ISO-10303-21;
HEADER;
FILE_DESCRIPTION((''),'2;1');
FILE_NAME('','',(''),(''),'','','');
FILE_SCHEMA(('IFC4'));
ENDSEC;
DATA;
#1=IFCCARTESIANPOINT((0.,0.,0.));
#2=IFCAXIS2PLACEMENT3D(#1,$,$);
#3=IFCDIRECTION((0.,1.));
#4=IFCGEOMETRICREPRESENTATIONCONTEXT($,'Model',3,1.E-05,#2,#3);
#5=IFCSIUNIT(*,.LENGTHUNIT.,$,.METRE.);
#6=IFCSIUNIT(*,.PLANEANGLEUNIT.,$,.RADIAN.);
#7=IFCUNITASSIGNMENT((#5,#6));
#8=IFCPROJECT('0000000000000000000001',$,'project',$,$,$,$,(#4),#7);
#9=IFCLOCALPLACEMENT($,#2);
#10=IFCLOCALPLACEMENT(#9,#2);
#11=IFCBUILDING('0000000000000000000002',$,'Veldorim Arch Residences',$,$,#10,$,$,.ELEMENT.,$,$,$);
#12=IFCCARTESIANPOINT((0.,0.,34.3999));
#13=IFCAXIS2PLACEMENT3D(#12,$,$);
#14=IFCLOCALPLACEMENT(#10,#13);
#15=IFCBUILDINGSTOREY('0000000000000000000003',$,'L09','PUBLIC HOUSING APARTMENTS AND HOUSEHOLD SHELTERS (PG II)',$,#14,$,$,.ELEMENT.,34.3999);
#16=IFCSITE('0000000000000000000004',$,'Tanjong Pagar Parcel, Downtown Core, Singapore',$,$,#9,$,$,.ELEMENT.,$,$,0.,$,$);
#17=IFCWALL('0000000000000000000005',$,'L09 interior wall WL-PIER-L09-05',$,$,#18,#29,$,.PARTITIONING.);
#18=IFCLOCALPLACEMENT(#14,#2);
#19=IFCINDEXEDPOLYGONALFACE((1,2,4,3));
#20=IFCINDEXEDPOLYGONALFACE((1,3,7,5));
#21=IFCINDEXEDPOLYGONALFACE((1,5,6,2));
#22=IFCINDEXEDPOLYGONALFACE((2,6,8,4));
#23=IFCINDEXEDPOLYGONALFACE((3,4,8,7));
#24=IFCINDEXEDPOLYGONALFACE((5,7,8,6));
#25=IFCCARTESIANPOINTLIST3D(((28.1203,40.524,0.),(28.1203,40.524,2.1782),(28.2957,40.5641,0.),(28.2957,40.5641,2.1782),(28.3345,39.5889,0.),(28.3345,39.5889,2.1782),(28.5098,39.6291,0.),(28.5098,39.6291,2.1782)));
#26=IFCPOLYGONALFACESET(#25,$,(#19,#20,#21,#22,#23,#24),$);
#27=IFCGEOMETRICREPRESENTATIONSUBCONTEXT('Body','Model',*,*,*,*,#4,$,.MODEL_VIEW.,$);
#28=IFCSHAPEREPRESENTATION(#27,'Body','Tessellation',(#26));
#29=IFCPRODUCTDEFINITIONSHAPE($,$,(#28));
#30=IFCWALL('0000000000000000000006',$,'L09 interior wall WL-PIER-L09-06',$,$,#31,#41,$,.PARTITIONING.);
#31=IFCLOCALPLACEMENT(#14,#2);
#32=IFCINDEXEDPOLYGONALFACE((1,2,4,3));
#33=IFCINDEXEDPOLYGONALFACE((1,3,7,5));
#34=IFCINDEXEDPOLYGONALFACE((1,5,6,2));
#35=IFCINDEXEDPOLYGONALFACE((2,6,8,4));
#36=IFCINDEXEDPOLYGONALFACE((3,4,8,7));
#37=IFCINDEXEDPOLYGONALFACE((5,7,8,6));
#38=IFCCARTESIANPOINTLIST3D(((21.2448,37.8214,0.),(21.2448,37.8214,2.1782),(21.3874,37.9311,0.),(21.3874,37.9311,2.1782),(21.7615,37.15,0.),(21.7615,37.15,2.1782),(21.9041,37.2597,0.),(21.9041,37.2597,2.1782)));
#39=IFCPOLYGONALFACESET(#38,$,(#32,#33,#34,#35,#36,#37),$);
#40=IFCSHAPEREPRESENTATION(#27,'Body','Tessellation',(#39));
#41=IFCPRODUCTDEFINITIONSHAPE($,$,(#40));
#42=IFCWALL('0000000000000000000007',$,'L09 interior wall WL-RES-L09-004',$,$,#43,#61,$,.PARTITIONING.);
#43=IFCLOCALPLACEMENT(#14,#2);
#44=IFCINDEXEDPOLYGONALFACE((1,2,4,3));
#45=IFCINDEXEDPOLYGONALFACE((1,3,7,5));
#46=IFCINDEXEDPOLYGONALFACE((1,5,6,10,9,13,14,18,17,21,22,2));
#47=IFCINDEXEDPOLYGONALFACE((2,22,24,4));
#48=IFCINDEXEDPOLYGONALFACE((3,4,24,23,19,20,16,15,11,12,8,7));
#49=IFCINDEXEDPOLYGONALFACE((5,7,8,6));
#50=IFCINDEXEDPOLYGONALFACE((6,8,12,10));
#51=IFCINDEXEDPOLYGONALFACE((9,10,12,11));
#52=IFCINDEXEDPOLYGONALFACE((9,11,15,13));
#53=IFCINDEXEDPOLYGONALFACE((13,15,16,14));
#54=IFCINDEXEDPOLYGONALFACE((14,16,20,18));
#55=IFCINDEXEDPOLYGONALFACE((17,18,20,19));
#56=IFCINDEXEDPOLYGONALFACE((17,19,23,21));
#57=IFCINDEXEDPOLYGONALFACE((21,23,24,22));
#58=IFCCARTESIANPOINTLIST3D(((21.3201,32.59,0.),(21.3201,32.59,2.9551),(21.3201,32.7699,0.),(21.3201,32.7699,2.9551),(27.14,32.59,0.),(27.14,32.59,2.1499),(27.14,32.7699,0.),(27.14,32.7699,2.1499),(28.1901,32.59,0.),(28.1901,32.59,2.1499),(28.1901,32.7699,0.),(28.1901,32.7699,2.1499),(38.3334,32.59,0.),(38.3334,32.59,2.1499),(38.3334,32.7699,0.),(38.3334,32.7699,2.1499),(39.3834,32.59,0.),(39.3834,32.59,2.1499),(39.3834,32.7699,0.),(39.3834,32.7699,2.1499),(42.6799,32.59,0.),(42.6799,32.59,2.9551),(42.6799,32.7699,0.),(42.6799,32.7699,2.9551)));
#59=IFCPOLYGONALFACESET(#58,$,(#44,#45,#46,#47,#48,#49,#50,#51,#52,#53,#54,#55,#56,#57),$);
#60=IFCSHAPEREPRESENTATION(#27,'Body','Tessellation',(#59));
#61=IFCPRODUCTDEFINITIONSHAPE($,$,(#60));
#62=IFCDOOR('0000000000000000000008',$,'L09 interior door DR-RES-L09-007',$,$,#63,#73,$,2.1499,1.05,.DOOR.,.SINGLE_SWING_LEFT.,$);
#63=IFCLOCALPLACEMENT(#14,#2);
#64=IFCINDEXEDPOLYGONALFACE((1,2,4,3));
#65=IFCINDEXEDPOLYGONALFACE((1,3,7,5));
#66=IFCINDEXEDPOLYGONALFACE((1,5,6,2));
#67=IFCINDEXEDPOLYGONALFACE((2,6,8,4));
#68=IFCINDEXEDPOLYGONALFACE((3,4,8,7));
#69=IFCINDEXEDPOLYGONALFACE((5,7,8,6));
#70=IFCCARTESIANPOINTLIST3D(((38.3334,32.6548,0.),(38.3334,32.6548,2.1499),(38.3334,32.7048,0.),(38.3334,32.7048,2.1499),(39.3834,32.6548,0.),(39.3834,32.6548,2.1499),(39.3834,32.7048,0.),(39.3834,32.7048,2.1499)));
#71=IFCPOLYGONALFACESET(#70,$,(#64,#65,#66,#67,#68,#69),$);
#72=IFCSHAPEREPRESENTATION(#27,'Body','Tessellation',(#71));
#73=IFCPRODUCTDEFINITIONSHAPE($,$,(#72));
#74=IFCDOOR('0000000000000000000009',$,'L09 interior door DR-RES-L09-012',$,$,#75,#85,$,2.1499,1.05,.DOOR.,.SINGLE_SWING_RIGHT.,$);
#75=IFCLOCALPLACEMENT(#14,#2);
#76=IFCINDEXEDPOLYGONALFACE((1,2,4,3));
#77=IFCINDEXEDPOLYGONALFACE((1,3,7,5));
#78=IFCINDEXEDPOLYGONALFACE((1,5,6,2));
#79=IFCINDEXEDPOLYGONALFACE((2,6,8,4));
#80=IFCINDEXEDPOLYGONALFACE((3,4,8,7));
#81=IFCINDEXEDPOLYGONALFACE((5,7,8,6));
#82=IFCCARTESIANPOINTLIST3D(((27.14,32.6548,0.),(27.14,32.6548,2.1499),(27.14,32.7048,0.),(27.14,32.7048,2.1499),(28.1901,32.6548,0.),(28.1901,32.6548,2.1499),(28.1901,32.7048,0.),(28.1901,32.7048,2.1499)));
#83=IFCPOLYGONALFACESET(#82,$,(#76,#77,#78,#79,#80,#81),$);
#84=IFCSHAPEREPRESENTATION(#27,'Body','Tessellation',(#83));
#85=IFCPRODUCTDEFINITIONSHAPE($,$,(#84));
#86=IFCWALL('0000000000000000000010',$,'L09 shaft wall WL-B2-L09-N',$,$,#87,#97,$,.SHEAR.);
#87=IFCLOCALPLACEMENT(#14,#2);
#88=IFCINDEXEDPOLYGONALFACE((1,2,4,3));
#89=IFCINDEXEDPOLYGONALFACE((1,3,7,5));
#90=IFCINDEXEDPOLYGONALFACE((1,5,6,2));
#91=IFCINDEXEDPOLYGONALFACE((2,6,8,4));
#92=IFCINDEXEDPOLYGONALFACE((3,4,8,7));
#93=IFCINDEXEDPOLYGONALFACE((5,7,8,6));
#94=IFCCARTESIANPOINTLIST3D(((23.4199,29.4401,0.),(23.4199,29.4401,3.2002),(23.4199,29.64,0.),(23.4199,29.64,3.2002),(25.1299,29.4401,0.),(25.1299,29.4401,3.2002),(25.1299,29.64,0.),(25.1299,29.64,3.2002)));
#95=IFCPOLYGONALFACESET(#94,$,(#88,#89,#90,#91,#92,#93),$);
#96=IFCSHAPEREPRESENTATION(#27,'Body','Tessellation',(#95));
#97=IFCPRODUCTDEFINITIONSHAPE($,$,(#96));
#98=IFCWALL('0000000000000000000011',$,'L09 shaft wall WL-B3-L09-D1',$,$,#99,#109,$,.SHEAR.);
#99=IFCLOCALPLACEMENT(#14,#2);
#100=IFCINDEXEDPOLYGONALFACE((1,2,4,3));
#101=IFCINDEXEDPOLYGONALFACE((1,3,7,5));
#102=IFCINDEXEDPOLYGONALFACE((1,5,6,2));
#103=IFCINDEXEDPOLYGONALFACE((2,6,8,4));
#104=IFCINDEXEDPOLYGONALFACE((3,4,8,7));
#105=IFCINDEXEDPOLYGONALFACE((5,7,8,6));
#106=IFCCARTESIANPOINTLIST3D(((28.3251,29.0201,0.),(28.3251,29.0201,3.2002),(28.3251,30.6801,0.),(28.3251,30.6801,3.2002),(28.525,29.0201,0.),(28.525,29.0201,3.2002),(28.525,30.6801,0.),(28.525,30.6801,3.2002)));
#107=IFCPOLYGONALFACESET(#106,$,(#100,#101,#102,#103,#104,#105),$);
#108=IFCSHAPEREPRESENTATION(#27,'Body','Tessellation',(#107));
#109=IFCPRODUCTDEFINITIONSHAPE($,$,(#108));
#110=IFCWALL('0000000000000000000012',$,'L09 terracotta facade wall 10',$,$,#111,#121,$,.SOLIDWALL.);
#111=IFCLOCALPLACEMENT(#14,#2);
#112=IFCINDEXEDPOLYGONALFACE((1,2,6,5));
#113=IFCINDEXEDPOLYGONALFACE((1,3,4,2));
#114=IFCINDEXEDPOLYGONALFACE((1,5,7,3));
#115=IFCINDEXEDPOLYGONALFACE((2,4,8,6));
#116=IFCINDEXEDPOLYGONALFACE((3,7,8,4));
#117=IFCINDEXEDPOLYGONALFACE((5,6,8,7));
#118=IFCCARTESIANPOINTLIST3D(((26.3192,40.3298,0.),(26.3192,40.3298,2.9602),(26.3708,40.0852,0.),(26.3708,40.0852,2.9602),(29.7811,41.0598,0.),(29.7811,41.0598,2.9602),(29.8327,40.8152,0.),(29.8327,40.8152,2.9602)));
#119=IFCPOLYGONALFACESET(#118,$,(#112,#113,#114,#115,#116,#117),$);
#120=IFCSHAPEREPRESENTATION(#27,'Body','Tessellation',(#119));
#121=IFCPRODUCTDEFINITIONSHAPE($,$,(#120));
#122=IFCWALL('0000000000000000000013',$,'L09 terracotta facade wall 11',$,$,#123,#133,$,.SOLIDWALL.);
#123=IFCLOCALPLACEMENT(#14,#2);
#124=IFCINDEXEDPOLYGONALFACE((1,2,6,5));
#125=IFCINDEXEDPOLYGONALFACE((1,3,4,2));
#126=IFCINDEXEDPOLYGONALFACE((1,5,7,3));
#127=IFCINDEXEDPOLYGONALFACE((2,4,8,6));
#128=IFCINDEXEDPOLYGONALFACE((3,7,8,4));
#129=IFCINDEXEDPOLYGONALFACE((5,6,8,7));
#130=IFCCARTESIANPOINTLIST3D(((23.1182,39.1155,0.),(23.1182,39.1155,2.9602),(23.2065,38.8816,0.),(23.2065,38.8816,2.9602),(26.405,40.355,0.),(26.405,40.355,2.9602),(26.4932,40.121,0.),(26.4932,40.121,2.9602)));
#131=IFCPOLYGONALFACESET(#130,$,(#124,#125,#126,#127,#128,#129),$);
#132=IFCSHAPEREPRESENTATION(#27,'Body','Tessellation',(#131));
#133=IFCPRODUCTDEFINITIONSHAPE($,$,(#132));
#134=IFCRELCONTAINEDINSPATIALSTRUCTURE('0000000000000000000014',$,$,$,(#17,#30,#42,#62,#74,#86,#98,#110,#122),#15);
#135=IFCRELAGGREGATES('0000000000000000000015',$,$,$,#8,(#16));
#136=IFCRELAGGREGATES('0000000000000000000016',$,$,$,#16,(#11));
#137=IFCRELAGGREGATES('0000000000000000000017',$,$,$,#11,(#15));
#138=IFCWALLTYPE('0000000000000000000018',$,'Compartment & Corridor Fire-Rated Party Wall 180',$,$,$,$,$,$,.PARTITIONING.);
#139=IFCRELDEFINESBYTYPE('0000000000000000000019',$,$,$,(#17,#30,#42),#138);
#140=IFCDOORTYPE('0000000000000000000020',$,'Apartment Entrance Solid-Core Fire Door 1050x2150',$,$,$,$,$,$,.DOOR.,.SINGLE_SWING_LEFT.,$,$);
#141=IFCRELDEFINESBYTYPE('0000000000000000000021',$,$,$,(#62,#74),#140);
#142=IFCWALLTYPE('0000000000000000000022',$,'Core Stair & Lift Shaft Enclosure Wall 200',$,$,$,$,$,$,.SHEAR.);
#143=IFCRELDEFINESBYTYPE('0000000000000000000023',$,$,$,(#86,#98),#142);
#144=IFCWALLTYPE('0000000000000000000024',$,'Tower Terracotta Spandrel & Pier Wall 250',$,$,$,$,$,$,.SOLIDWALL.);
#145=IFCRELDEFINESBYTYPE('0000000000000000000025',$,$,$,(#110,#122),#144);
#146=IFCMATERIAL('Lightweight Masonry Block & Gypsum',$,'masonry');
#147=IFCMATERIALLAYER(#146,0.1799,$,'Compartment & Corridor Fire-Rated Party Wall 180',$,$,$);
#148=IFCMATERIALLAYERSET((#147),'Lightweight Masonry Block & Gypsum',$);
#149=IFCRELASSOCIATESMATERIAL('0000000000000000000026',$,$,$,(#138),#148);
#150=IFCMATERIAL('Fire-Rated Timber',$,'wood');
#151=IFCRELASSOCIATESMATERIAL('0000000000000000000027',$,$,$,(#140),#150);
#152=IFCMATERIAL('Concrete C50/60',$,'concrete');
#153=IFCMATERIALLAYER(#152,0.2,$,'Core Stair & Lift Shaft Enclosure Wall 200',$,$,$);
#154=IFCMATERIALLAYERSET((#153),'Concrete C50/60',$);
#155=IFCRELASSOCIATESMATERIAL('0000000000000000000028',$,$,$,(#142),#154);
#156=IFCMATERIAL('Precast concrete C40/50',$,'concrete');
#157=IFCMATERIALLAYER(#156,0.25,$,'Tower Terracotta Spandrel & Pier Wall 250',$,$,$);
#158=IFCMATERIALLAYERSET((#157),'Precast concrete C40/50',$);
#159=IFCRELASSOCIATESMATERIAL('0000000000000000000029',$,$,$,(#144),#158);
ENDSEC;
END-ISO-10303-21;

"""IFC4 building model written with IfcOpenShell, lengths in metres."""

from ifc_helpers import new_model, si_unit, direction, frame, frame_2d, origin, place, context, subcontext, project, spatial, rectangle, extrude, material, layer, layer_set, type_object, element, fill, save


model = new_model("IFC4")

# Units and contexts
model_context = context("Model", 3, precision=1e-05, world=origin(), true_north=direction((0.0, 1.0)))
body_context = subcontext(model_context, "Body", "Model", "MODEL_VIEW")
ifc_project = project(units=[si_unit("LENGTHUNIT", "METRE"), si_unit("PLANEANGLEUNIT", "RADIAN")], contexts=[model_context])

# Site, building, storey
site_placement = place(None, origin())
site = spatial("IfcSite", under=ifc_project, at=site_placement, Name="Tanjong Pagar Parcel, Downtown Core, Singapore", CompositionType="ELEMENT", RefElevation=0.0)
building_placement = place(site_placement, origin())
building = spatial("IfcBuilding", under=site, at=building_placement, Name="Veldorim Arch Residences", CompositionType="ELEMENT")
storey_placement = place(building_placement, frame((0.0, 0.0, 34.3999)))
storey = spatial("IfcBuildingStorey", under=building, at=storey_placement, Name="L09", Description="PUBLIC HOUSING APARTMENTS AND HOUSEHOLD SHELTERS (PG II)", CompositionType="ELEMENT", Elevation=34.3999)

# Walls
ifc_material_1 = material(Name="Lightweight Masonry Block & Gypsum", Category="masonry")
ifc_layer_1 = layer(ifc_material_1, 0.1799, Name="Compartment & Corridor Fire-Rated Party Wall 180")
ifc_layer_set_1 = layer_set([ifc_layer_1], Name="Lightweight Masonry Block & Gypsum")
wall_type_1 = type_object("IfcWallType", Name="Compartment & Corridor Fire-Rated Party Wall 180", PredefinedType="PARTITIONING", material=ifc_layer_set_1)
wall_1_placement = place(storey_placement, frame((28.4221, 39.6091, 0.0), z_axis=(0.0, 0.0, 1.0), x_axis=(-0.223205, 0.974772, 0.0)))
element("IfcWall", 1, at=wall_1_placement, inside=storey, type_object=wall_type_1, Name="L09 interior wall WL-PIER-L09-05", PredefinedType="PARTITIONING", context=body_context, shape_type="SweptSolid", body=[
    extrude(rectangle(XDim=0.9592, YDim=0.1799, at=frame_2d((0.4795, 0.0))), origin(), (0.0, 0.0, 1.0), 2.1782),
])
wall_2_placement = place(storey_placement, frame((21.8328, 37.2048, 0.0), z_axis=(0.0, 0.0, 1.0), x_axis=(-0.609822, 0.792538, 0.0)))
element("IfcWall", 2, at=wall_2_placement, inside=storey, type_object=wall_type_1, Name="L09 interior wall WL-PIER-L09-06", PredefinedType="PARTITIONING", context=body_context, shape_type="SweptSolid", body=[
    extrude(rectangle(XDim=0.8472, YDim=0.1799, at=frame_2d((0.4236, 0.0))), origin(), (0.0, 0.0, 1.0), 2.1782),
])

# Wall, openings, doors
wall_3_placement = place(storey_placement, frame((21.3201, 32.6799, 0.0), z_axis=(0.0, 0.0, 1.0), x_axis=(1.0, 0.0, 0.0)))
wall_3 = element("IfcWall", 3, at=wall_3_placement, inside=storey, type_object=wall_type_1, Name="L09 interior wall WL-RES-L09-004", PredefinedType="PARTITIONING", context=body_context, shape_type="SweptSolid", body=[
    extrude(rectangle(XDim=21.3599, YDim=0.1799, at=frame_2d((10.6799, 0.0))), origin(), (0.0, 0.0, 1.0), 2.9551),
])
opening_1_placement = place(wall_3_placement, frame((17.0134, 0.0, 0.0)))
opening_1 = element("IfcOpeningElement", 4, at=opening_1_placement, cuts=wall_3, PredefinedType="OPENING", context=body_context, shape_type="SweptSolid", body=[
    extrude(rectangle(XDim=1.05, YDim=2.1499, at=frame_2d((0.5249, 1.075))), frame((0.0, 0.0999, 0.0), z_axis=(0.0, -1.0, 0.0), x_axis=(1.0, 0.0, 0.0)), (0.0, 0.0, 1.0), 0.2),
])
opening_2_placement = place(wall_3_placement, frame((5.8201, 0.0, 0.0)))
opening_2 = element("IfcOpeningElement", 5, at=opening_2_placement, cuts=wall_3, PredefinedType="OPENING", context=body_context, shape_type="SweptSolid", body=[
    extrude(rectangle(XDim=1.05, YDim=2.1499, at=frame_2d((0.5249, 1.075))), frame((0.0, 0.0999, 0.0), z_axis=(0.0, -1.0, 0.0), x_axis=(1.0, 0.0, 0.0)), (0.0, 0.0, 1.0), 0.2),
])
ifc_material_2 = material(Name="Fire-Rated Timber", Category="wood")
door_type_1 = type_object("IfcDoorType", Name="Apartment Entrance Solid-Core Fire Door 1050x2150", OperationType="SINGLE_SWING_LEFT", PredefinedType="DOOR", material=ifc_material_2)
door_1_placement = place(opening_1_placement, origin())
door_1 = element("IfcDoor", 6, at=door_1_placement, inside=storey, type_object=door_type_1, Name="L09 interior door DR-RES-L09-007", OperationType="SINGLE_SWING_LEFT", OverallHeight=2.1499, OverallWidth=1.05, PredefinedType="DOOR", context=body_context, shape_type="SweptSolid", body=[
    extrude(rectangle(XDim=1.05, YDim=2.1499, at=frame_2d((0.5249, 1.075))), frame((0.0, 0.0249, 0.0), z_axis=(0.0, -1.0, 0.0), x_axis=(1.0, 0.0, 0.0)), (0.0, 0.0, 1.0), 0.05),
])
fill(opening_1, door_1)
door_2_placement = place(opening_2_placement, origin())
door_2 = element("IfcDoor", 7, at=door_2_placement, inside=storey, type_object=door_type_1, Name="L09 interior door DR-RES-L09-012", OperationType="SINGLE_SWING_RIGHT", OverallHeight=2.1499, OverallWidth=1.05, PredefinedType="DOOR", context=body_context, shape_type="SweptSolid", body=[
    extrude(rectangle(XDim=1.05, YDim=2.1499, at=frame_2d((0.5249, 1.075))), frame((0.0, 0.0249, 0.0), z_axis=(0.0, -1.0, 0.0), x_axis=(1.0, 0.0, 0.0)), (0.0, 0.0, 1.0), 0.05),
])
fill(opening_2, door_2)

# Walls
ifc_material_3 = material(Name="Concrete C50/60", Category="concrete")
ifc_layer_2 = layer(ifc_material_3, 0.2, Name="Core Stair & Lift Shaft Enclosure Wall 200")
ifc_layer_set_2 = layer_set([ifc_layer_2], Name="Concrete C50/60")
wall_type_2 = type_object("IfcWallType", Name="Core Stair & Lift Shaft Enclosure Wall 200", PredefinedType="SHEAR", material=ifc_layer_set_2)
wall_4_placement = place(storey_placement, frame((23.4199, 29.54, 0.0), z_axis=(0.0, 0.0, 1.0), x_axis=(1.0, 0.0, 0.0)))
element("IfcWall", 8, at=wall_4_placement, inside=storey, type_object=wall_type_2, Name="L09 shaft wall WL-B2-L09-N", PredefinedType="SHEAR", context=body_context, shape_type="SweptSolid", body=[
    extrude(rectangle(XDim=1.71, YDim=0.2, at=frame_2d((0.855, 0.0))), origin(), (0.0, 0.0, 1.0), 3.2002),
])
wall_5_placement = place(storey_placement, frame((28.425, 29.02, 0.0), z_axis=(0.0, 0.0, 1.0), x_axis=(0.0, 1.0, 0.0)))
element("IfcWall", 9, at=wall_5_placement, inside=storey, type_object=wall_type_2, Name="L09 shaft wall WL-B3-L09-D1", PredefinedType="SHEAR", context=body_context, shape_type="SweptSolid", body=[
    extrude(rectangle(XDim=1.6599, YDim=0.2, at=frame_2d((0.8301, 0.0))), origin(), (0.0, 0.0, 1.0), 3.2002),
])

# Walls
ifc_material_4 = material(Name="Precast concrete C40/50", Category="concrete")
ifc_layer_3 = layer(ifc_material_4, 0.25, Name="Tower Terracotta Spandrel & Pier Wall 250")
ifc_layer_set_3 = layer_set([ifc_layer_3], Name="Precast concrete C40/50")
wall_type_3 = type_object("IfcWallType", Name="Tower Terracotta Spandrel & Pier Wall 250", PredefinedType="SOLIDWALL", material=ifc_layer_set_3)
wall_6_placement = place(storey_placement, frame((26.345, 40.2075, 0.0), z_axis=(0.0, 0.0, 1.0), x_axis=(0.978484, 0.206323, 0.0)))
element("IfcWall", 10, at=wall_6_placement, inside=storey, type_object=wall_type_3, Name="L09 terracotta facade wall 10", PredefinedType="SOLIDWALL", context=body_context, shape_type="SweptSolid", body=[
    extrude(rectangle(XDim=3.5381, YDim=0.25, at=frame_2d((1.769, 0.0))), origin(), (0.0, 0.0, 1.0), 2.9602),
])
wall_7_placement = place(storey_placement, frame((23.1624, 38.9985, 0.0), z_axis=(0.0, 0.0, 1.0), x_axis=(0.935679, 0.352852, 0.0)))
element("IfcWall", 11, at=wall_7_placement, inside=storey, type_object=wall_type_3, Name="L09 terracotta facade wall 11", PredefinedType="SOLIDWALL", context=body_context, shape_type="SweptSolid", body=[
    extrude(rectangle(XDim=3.5127, YDim=0.25, at=frame_2d((1.7563, 0.0))), origin(), (0.0, 0.0, 1.0), 2.9602),
])

save(model, "model.ifc")
